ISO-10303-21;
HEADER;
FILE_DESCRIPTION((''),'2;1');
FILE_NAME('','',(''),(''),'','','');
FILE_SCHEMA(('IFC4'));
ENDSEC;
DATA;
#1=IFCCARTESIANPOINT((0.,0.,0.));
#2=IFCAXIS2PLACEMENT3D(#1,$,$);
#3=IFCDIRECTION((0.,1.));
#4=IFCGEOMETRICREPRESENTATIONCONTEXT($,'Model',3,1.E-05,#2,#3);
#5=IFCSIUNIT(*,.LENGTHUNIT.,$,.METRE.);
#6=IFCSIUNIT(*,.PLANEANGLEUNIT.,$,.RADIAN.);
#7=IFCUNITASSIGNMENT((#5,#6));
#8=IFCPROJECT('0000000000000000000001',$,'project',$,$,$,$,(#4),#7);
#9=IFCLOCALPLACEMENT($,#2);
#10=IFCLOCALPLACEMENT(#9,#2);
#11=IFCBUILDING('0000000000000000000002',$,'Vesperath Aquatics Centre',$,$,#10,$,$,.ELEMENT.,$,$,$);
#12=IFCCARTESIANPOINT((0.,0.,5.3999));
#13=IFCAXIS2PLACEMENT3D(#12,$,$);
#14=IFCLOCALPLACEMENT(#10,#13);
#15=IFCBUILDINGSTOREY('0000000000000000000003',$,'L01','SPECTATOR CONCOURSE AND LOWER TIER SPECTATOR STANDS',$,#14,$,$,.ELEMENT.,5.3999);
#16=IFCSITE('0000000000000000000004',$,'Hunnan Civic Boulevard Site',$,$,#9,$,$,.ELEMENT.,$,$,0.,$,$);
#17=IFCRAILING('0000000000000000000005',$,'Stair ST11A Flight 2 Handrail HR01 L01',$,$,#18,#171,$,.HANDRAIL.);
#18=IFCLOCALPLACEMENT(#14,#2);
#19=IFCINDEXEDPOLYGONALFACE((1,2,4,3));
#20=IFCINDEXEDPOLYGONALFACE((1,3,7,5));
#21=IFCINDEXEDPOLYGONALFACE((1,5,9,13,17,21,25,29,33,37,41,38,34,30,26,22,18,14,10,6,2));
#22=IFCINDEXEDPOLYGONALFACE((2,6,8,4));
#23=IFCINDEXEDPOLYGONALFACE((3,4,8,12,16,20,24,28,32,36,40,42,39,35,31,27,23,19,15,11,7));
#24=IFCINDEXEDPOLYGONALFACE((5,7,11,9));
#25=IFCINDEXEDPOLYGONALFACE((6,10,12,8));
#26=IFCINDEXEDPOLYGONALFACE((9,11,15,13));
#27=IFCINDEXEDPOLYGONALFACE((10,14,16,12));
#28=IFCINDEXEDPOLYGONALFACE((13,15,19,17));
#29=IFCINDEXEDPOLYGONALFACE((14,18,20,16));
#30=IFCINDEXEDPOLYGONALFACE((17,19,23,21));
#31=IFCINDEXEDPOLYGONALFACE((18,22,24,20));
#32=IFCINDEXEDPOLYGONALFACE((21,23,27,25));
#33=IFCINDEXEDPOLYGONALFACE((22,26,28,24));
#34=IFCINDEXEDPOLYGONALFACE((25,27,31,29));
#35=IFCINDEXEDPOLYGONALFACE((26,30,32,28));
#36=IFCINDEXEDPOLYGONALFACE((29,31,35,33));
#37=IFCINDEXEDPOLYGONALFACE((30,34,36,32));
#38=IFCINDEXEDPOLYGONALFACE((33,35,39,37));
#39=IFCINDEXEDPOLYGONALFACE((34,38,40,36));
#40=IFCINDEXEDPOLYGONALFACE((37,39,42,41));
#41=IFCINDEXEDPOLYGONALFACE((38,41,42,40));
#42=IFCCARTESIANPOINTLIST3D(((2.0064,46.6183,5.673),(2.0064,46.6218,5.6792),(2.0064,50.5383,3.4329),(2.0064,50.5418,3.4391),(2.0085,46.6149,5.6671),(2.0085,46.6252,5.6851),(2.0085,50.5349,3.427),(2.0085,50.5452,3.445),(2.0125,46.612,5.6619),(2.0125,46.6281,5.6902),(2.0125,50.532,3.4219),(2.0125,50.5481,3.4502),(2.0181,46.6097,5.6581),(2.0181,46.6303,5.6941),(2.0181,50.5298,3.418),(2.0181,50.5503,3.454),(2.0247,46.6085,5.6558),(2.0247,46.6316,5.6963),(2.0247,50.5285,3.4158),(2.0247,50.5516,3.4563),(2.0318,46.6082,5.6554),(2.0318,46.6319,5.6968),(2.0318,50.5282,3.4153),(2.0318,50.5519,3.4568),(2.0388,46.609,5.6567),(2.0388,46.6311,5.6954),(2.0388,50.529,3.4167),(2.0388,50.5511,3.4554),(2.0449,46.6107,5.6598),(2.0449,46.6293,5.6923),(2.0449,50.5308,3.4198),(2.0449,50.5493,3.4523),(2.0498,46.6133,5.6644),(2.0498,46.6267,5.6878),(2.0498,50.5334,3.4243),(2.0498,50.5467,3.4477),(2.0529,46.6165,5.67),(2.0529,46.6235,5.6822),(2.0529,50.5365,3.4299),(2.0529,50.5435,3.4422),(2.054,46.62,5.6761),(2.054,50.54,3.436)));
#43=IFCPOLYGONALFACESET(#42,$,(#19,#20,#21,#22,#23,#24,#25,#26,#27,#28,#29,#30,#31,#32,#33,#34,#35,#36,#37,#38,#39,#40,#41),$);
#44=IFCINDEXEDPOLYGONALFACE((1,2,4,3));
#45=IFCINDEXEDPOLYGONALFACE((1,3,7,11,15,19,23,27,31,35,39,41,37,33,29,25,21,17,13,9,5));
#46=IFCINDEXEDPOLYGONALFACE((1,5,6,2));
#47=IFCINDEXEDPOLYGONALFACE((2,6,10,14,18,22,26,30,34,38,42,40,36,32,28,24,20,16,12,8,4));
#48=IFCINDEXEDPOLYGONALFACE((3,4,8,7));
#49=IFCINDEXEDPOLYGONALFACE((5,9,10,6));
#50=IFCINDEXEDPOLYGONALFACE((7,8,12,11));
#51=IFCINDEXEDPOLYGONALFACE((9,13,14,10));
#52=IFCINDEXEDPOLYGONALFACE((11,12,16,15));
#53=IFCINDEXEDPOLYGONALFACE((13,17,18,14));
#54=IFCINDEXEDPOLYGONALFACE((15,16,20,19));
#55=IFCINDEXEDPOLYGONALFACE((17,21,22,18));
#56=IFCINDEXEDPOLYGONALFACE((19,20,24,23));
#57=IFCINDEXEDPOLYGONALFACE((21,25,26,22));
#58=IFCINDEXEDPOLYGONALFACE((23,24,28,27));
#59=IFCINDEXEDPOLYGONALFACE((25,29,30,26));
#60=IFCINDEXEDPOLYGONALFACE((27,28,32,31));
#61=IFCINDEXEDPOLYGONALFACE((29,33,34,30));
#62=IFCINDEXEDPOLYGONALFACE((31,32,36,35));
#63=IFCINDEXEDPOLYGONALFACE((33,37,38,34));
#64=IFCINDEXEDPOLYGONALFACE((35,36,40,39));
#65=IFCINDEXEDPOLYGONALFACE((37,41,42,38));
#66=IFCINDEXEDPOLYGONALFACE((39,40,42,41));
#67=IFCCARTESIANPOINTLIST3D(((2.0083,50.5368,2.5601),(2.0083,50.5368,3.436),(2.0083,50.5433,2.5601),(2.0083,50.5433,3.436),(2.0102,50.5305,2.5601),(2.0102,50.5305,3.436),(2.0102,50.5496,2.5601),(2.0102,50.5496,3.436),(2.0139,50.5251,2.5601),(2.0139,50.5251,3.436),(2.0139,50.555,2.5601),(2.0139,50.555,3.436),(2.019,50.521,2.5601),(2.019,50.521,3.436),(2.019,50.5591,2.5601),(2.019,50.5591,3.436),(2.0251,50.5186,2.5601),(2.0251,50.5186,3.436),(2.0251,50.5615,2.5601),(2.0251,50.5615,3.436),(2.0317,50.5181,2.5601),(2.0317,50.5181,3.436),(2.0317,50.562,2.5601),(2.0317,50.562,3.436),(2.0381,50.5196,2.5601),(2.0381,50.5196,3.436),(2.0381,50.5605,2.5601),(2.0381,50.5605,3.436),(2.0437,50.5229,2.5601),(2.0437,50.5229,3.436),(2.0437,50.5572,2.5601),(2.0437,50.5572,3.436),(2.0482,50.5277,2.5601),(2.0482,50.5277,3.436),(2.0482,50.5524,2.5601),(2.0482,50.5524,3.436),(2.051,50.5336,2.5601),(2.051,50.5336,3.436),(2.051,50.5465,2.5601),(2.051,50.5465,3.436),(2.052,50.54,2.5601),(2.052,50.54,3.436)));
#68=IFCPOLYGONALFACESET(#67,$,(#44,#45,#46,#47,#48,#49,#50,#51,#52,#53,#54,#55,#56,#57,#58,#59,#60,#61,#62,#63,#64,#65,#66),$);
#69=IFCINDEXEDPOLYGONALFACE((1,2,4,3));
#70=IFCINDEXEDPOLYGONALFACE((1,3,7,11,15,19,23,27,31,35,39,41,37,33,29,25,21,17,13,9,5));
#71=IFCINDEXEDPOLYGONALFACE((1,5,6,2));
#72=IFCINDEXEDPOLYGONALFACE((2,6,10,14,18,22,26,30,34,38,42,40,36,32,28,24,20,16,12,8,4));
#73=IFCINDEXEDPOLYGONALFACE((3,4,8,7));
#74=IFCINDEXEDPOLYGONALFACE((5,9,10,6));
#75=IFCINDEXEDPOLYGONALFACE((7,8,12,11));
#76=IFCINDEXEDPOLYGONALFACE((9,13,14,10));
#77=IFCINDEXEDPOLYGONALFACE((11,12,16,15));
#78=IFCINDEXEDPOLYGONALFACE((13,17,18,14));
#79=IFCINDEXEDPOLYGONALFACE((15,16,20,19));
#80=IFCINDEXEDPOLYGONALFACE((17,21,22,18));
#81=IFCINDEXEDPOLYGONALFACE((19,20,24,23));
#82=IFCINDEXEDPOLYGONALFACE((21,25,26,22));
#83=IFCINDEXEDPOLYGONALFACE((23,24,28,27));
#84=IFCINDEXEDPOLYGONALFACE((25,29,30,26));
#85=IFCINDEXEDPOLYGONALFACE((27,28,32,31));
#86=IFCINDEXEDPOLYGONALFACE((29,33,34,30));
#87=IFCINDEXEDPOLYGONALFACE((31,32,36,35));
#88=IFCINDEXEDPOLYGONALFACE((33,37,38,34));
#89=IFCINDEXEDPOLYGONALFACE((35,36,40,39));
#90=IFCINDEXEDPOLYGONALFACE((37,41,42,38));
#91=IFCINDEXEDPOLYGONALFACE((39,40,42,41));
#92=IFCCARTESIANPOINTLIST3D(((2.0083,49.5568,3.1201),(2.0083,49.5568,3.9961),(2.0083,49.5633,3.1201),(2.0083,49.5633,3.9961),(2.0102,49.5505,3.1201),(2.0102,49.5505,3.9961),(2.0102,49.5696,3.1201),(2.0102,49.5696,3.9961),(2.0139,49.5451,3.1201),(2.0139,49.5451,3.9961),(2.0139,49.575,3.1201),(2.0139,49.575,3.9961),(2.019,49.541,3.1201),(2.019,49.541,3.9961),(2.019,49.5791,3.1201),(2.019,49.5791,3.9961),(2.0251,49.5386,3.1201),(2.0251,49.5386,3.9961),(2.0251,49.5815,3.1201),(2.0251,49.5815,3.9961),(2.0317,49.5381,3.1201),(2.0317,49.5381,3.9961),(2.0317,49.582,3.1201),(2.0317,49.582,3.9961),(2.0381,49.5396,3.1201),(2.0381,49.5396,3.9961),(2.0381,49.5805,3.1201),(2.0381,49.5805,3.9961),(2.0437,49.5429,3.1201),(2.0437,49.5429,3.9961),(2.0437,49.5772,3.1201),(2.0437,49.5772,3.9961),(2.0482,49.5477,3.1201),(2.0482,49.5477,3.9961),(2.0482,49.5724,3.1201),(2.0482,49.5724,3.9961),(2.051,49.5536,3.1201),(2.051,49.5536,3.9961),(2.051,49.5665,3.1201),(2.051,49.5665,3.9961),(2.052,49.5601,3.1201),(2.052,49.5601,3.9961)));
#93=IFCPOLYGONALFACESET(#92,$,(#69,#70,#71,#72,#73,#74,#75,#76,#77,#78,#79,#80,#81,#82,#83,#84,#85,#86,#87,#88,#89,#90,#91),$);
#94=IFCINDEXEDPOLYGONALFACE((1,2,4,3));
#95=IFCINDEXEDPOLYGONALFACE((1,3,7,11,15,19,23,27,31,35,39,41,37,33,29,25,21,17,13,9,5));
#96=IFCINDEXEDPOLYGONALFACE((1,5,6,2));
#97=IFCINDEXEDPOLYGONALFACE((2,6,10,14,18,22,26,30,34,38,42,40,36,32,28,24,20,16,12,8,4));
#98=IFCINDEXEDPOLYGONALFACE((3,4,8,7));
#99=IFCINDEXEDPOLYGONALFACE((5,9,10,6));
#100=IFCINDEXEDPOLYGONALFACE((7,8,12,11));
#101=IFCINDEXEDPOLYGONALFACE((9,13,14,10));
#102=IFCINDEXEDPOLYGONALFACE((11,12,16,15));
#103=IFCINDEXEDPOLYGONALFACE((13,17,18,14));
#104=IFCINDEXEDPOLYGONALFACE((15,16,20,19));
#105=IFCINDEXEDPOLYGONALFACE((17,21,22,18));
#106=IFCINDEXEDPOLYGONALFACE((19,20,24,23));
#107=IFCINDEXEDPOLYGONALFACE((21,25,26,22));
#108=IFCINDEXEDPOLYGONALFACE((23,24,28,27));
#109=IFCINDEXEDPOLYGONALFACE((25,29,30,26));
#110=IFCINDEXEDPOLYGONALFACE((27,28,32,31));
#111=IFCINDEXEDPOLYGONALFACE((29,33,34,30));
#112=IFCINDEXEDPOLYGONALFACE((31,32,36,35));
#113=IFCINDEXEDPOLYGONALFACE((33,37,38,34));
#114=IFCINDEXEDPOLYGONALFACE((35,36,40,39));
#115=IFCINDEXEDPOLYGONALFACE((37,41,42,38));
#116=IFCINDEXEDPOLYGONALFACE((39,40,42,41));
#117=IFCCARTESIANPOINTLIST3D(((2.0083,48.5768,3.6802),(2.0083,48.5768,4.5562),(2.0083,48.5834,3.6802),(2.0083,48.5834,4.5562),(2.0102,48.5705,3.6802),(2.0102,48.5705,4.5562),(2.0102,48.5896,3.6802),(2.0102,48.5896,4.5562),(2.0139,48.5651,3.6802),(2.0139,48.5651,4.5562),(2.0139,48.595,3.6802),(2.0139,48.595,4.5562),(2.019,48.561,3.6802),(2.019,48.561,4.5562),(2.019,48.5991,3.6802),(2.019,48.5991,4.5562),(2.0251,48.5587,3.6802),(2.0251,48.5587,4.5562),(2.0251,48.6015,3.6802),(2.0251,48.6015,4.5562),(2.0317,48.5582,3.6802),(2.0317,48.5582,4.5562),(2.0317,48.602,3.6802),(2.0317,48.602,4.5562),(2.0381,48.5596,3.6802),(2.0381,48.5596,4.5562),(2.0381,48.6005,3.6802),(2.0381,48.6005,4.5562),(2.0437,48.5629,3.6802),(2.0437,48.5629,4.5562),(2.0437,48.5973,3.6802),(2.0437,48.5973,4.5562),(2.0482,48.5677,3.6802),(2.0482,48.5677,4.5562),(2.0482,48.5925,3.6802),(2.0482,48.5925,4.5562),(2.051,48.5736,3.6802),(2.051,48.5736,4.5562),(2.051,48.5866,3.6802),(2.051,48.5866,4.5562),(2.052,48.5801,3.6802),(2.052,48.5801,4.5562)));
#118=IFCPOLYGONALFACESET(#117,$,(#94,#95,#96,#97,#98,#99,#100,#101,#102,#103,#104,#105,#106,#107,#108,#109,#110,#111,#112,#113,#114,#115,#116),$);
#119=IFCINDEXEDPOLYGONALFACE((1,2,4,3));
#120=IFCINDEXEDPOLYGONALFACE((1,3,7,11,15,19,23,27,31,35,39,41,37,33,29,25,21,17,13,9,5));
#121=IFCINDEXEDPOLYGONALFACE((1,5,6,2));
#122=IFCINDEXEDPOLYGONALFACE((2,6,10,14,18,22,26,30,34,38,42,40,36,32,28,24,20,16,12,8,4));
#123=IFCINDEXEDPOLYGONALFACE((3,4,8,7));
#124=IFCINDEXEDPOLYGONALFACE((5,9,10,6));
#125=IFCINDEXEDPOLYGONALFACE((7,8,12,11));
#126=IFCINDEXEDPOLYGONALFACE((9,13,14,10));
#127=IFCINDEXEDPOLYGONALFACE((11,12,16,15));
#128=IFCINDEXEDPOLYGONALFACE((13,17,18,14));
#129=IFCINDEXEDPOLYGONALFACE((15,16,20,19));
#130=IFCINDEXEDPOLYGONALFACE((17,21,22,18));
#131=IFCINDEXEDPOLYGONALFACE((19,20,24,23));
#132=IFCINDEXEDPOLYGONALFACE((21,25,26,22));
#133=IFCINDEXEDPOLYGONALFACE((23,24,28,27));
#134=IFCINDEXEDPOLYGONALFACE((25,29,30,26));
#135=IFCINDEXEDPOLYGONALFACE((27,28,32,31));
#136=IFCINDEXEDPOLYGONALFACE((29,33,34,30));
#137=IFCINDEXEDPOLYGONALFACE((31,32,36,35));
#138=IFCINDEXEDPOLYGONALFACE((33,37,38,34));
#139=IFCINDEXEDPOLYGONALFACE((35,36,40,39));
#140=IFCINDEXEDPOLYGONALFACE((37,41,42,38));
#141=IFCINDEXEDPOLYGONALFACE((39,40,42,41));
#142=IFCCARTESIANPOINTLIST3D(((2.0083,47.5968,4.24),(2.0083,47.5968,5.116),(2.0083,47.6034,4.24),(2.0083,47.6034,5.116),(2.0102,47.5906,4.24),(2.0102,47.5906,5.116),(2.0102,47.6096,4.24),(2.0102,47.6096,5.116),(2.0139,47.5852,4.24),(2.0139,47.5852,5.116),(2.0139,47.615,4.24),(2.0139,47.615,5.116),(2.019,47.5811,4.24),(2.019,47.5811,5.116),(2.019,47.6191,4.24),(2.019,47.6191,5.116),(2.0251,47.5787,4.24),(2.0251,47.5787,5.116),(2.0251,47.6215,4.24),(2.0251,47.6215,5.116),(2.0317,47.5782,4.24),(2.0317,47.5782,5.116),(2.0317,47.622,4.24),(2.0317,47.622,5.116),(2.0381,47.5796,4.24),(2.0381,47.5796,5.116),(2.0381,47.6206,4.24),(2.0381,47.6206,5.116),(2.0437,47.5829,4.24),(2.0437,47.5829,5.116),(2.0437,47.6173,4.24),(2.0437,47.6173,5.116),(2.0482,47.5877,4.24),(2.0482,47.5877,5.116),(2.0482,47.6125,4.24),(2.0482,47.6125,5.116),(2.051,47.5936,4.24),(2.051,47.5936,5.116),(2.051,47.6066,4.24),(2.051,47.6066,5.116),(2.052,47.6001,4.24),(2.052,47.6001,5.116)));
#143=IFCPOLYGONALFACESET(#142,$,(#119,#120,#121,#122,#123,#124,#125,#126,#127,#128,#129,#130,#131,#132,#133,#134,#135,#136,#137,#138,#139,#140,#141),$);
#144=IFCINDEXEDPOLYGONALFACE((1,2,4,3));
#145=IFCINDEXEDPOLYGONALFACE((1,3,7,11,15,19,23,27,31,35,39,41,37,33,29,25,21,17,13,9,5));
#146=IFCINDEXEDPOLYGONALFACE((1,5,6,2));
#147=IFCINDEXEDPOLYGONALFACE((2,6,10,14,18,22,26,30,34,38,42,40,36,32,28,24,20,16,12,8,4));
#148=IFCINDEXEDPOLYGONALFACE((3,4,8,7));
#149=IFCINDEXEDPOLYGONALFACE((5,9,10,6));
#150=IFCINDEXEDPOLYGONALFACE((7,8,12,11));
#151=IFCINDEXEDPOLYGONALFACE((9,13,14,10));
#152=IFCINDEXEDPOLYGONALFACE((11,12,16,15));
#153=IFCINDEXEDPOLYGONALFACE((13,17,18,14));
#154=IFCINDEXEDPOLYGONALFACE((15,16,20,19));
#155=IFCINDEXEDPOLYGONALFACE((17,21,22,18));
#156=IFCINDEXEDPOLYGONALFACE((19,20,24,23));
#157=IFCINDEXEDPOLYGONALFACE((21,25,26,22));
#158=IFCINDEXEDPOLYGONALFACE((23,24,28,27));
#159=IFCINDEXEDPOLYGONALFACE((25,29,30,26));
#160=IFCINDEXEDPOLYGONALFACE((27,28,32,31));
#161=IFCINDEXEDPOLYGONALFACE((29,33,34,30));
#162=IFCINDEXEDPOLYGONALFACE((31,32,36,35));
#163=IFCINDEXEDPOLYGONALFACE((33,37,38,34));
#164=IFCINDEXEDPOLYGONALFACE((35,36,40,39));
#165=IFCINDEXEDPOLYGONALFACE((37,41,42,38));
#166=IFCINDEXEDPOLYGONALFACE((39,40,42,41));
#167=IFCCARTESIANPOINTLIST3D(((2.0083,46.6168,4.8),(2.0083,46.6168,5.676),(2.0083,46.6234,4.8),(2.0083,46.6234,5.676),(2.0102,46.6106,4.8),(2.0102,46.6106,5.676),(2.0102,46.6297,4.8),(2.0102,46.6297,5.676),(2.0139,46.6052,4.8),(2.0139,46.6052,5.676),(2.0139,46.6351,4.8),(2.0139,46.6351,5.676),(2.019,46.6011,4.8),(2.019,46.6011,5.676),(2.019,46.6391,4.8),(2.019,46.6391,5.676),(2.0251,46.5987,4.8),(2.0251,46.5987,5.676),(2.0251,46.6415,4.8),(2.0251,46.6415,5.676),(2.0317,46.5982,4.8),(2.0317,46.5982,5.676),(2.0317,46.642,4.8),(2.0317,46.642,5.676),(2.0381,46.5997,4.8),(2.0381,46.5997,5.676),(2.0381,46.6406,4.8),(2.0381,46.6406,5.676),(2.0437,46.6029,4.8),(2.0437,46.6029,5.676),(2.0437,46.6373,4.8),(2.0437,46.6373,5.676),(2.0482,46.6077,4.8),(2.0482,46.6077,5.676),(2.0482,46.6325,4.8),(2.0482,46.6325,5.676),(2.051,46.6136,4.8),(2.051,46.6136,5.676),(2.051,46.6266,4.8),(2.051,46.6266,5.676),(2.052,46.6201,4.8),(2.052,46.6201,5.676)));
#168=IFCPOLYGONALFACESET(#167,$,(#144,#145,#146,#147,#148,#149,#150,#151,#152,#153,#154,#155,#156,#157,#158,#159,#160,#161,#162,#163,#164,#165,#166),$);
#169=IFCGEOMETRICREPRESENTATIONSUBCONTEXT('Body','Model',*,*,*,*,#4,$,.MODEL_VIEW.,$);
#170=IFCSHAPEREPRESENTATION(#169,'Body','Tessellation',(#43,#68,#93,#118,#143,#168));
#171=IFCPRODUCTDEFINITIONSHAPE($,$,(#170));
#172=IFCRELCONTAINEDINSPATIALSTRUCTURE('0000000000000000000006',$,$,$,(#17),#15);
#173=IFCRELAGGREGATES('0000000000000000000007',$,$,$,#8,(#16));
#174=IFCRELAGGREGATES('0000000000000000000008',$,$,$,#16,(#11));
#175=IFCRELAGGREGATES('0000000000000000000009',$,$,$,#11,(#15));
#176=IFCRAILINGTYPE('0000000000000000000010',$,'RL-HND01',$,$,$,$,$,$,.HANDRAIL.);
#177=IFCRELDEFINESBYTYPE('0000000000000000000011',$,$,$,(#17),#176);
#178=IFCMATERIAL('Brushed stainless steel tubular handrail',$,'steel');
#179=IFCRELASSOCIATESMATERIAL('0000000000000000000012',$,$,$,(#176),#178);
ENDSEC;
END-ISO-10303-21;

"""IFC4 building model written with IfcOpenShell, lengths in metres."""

from ifc_helpers import new_model, si_unit, direction, frame, origin, origin_2d, place, context, subcontext, project, spatial, circle, extrude, material, type_object, element, save


model = new_model("IFC4")

# Units and contexts
model_context = context("Model", 3, precision=1e-05, world=origin(), true_north=direction((0.0, 1.0)))
body_context = subcontext(model_context, "Body", "Model", "MODEL_VIEW")
ifc_project = project(units=[si_unit("LENGTHUNIT", "METRE"), si_unit("PLANEANGLEUNIT", "RADIAN")], contexts=[model_context])

# Site, building, storey
site_placement = place(None, origin())
site = spatial("IfcSite", under=ifc_project, at=site_placement, Name="Hunnan Civic Boulevard Site", CompositionType="ELEMENT", RefElevation=0.0)
building_placement = place(site_placement, origin())
building = spatial("IfcBuilding", under=site, at=building_placement, Name="Vesperath Aquatics Centre", CompositionType="ELEMENT")
storey_placement = place(building_placement, frame((0.0, 0.0, 5.3999)))
storey = spatial("IfcBuildingStorey", under=building, at=storey_placement, Name="L01", Description="SPECTATOR CONCOURSE AND LOWER TIER SPECTATOR STANDS", CompositionType="ELEMENT", Elevation=5.3999)

# Railing
ifc_material_1 = material(Name="Brushed stainless steel tubular handrail", Category="steel")
railing_type_1 = type_object("IfcRailingType", Name="RL-HND01", PredefinedType="HANDRAIL", material=ifc_material_1)
railing_1_placement = place(storey_placement, frame((2.03, 50.54, 2.5601)))
element("IfcRailing", 1, at=railing_1_placement, inside=storey, type_object=railing_type_1, Name="Stair ST11A Flight 2 Handrail HR01 L01", PredefinedType="HANDRAIL", context=body_context, shape_type="SweptSolid", body=[
    extrude(circle(Radius=0.0239, at=origin_2d()), frame((0.0, 0.0, 0.876), z_axis=(0.0, -0.86824, 0.496145), x_axis=(1.0, 0.0, 0.0)), (0.0, 0.0, 1.0), 4.5149),
    extrude(circle(Radius=0.022, at=origin_2d()), origin(), (0.0, 0.0, 1.0), 0.876),
    extrude(circle(Radius=0.022, at=origin_2d()), frame((0.0, -0.98, 0.5601)), (0.0, 0.0, 1.0), 0.876),
    extrude(circle(Radius=0.022, at=origin_2d()), frame((0.0, -1.96, 1.1201)), (0.0, 0.0, 1.0), 0.876),
    extrude(circle(Radius=0.022, at=origin_2d()), frame((0.0, -2.9399, 1.6799)), (0.0, 0.0, 1.0), 0.876),
    extrude(circle(Radius=0.022, at=origin_2d()), frame((0.0, -3.9199, 2.24)), (0.0, 0.0, 1.0), 0.876),
])

save(model, "model.ifc")
